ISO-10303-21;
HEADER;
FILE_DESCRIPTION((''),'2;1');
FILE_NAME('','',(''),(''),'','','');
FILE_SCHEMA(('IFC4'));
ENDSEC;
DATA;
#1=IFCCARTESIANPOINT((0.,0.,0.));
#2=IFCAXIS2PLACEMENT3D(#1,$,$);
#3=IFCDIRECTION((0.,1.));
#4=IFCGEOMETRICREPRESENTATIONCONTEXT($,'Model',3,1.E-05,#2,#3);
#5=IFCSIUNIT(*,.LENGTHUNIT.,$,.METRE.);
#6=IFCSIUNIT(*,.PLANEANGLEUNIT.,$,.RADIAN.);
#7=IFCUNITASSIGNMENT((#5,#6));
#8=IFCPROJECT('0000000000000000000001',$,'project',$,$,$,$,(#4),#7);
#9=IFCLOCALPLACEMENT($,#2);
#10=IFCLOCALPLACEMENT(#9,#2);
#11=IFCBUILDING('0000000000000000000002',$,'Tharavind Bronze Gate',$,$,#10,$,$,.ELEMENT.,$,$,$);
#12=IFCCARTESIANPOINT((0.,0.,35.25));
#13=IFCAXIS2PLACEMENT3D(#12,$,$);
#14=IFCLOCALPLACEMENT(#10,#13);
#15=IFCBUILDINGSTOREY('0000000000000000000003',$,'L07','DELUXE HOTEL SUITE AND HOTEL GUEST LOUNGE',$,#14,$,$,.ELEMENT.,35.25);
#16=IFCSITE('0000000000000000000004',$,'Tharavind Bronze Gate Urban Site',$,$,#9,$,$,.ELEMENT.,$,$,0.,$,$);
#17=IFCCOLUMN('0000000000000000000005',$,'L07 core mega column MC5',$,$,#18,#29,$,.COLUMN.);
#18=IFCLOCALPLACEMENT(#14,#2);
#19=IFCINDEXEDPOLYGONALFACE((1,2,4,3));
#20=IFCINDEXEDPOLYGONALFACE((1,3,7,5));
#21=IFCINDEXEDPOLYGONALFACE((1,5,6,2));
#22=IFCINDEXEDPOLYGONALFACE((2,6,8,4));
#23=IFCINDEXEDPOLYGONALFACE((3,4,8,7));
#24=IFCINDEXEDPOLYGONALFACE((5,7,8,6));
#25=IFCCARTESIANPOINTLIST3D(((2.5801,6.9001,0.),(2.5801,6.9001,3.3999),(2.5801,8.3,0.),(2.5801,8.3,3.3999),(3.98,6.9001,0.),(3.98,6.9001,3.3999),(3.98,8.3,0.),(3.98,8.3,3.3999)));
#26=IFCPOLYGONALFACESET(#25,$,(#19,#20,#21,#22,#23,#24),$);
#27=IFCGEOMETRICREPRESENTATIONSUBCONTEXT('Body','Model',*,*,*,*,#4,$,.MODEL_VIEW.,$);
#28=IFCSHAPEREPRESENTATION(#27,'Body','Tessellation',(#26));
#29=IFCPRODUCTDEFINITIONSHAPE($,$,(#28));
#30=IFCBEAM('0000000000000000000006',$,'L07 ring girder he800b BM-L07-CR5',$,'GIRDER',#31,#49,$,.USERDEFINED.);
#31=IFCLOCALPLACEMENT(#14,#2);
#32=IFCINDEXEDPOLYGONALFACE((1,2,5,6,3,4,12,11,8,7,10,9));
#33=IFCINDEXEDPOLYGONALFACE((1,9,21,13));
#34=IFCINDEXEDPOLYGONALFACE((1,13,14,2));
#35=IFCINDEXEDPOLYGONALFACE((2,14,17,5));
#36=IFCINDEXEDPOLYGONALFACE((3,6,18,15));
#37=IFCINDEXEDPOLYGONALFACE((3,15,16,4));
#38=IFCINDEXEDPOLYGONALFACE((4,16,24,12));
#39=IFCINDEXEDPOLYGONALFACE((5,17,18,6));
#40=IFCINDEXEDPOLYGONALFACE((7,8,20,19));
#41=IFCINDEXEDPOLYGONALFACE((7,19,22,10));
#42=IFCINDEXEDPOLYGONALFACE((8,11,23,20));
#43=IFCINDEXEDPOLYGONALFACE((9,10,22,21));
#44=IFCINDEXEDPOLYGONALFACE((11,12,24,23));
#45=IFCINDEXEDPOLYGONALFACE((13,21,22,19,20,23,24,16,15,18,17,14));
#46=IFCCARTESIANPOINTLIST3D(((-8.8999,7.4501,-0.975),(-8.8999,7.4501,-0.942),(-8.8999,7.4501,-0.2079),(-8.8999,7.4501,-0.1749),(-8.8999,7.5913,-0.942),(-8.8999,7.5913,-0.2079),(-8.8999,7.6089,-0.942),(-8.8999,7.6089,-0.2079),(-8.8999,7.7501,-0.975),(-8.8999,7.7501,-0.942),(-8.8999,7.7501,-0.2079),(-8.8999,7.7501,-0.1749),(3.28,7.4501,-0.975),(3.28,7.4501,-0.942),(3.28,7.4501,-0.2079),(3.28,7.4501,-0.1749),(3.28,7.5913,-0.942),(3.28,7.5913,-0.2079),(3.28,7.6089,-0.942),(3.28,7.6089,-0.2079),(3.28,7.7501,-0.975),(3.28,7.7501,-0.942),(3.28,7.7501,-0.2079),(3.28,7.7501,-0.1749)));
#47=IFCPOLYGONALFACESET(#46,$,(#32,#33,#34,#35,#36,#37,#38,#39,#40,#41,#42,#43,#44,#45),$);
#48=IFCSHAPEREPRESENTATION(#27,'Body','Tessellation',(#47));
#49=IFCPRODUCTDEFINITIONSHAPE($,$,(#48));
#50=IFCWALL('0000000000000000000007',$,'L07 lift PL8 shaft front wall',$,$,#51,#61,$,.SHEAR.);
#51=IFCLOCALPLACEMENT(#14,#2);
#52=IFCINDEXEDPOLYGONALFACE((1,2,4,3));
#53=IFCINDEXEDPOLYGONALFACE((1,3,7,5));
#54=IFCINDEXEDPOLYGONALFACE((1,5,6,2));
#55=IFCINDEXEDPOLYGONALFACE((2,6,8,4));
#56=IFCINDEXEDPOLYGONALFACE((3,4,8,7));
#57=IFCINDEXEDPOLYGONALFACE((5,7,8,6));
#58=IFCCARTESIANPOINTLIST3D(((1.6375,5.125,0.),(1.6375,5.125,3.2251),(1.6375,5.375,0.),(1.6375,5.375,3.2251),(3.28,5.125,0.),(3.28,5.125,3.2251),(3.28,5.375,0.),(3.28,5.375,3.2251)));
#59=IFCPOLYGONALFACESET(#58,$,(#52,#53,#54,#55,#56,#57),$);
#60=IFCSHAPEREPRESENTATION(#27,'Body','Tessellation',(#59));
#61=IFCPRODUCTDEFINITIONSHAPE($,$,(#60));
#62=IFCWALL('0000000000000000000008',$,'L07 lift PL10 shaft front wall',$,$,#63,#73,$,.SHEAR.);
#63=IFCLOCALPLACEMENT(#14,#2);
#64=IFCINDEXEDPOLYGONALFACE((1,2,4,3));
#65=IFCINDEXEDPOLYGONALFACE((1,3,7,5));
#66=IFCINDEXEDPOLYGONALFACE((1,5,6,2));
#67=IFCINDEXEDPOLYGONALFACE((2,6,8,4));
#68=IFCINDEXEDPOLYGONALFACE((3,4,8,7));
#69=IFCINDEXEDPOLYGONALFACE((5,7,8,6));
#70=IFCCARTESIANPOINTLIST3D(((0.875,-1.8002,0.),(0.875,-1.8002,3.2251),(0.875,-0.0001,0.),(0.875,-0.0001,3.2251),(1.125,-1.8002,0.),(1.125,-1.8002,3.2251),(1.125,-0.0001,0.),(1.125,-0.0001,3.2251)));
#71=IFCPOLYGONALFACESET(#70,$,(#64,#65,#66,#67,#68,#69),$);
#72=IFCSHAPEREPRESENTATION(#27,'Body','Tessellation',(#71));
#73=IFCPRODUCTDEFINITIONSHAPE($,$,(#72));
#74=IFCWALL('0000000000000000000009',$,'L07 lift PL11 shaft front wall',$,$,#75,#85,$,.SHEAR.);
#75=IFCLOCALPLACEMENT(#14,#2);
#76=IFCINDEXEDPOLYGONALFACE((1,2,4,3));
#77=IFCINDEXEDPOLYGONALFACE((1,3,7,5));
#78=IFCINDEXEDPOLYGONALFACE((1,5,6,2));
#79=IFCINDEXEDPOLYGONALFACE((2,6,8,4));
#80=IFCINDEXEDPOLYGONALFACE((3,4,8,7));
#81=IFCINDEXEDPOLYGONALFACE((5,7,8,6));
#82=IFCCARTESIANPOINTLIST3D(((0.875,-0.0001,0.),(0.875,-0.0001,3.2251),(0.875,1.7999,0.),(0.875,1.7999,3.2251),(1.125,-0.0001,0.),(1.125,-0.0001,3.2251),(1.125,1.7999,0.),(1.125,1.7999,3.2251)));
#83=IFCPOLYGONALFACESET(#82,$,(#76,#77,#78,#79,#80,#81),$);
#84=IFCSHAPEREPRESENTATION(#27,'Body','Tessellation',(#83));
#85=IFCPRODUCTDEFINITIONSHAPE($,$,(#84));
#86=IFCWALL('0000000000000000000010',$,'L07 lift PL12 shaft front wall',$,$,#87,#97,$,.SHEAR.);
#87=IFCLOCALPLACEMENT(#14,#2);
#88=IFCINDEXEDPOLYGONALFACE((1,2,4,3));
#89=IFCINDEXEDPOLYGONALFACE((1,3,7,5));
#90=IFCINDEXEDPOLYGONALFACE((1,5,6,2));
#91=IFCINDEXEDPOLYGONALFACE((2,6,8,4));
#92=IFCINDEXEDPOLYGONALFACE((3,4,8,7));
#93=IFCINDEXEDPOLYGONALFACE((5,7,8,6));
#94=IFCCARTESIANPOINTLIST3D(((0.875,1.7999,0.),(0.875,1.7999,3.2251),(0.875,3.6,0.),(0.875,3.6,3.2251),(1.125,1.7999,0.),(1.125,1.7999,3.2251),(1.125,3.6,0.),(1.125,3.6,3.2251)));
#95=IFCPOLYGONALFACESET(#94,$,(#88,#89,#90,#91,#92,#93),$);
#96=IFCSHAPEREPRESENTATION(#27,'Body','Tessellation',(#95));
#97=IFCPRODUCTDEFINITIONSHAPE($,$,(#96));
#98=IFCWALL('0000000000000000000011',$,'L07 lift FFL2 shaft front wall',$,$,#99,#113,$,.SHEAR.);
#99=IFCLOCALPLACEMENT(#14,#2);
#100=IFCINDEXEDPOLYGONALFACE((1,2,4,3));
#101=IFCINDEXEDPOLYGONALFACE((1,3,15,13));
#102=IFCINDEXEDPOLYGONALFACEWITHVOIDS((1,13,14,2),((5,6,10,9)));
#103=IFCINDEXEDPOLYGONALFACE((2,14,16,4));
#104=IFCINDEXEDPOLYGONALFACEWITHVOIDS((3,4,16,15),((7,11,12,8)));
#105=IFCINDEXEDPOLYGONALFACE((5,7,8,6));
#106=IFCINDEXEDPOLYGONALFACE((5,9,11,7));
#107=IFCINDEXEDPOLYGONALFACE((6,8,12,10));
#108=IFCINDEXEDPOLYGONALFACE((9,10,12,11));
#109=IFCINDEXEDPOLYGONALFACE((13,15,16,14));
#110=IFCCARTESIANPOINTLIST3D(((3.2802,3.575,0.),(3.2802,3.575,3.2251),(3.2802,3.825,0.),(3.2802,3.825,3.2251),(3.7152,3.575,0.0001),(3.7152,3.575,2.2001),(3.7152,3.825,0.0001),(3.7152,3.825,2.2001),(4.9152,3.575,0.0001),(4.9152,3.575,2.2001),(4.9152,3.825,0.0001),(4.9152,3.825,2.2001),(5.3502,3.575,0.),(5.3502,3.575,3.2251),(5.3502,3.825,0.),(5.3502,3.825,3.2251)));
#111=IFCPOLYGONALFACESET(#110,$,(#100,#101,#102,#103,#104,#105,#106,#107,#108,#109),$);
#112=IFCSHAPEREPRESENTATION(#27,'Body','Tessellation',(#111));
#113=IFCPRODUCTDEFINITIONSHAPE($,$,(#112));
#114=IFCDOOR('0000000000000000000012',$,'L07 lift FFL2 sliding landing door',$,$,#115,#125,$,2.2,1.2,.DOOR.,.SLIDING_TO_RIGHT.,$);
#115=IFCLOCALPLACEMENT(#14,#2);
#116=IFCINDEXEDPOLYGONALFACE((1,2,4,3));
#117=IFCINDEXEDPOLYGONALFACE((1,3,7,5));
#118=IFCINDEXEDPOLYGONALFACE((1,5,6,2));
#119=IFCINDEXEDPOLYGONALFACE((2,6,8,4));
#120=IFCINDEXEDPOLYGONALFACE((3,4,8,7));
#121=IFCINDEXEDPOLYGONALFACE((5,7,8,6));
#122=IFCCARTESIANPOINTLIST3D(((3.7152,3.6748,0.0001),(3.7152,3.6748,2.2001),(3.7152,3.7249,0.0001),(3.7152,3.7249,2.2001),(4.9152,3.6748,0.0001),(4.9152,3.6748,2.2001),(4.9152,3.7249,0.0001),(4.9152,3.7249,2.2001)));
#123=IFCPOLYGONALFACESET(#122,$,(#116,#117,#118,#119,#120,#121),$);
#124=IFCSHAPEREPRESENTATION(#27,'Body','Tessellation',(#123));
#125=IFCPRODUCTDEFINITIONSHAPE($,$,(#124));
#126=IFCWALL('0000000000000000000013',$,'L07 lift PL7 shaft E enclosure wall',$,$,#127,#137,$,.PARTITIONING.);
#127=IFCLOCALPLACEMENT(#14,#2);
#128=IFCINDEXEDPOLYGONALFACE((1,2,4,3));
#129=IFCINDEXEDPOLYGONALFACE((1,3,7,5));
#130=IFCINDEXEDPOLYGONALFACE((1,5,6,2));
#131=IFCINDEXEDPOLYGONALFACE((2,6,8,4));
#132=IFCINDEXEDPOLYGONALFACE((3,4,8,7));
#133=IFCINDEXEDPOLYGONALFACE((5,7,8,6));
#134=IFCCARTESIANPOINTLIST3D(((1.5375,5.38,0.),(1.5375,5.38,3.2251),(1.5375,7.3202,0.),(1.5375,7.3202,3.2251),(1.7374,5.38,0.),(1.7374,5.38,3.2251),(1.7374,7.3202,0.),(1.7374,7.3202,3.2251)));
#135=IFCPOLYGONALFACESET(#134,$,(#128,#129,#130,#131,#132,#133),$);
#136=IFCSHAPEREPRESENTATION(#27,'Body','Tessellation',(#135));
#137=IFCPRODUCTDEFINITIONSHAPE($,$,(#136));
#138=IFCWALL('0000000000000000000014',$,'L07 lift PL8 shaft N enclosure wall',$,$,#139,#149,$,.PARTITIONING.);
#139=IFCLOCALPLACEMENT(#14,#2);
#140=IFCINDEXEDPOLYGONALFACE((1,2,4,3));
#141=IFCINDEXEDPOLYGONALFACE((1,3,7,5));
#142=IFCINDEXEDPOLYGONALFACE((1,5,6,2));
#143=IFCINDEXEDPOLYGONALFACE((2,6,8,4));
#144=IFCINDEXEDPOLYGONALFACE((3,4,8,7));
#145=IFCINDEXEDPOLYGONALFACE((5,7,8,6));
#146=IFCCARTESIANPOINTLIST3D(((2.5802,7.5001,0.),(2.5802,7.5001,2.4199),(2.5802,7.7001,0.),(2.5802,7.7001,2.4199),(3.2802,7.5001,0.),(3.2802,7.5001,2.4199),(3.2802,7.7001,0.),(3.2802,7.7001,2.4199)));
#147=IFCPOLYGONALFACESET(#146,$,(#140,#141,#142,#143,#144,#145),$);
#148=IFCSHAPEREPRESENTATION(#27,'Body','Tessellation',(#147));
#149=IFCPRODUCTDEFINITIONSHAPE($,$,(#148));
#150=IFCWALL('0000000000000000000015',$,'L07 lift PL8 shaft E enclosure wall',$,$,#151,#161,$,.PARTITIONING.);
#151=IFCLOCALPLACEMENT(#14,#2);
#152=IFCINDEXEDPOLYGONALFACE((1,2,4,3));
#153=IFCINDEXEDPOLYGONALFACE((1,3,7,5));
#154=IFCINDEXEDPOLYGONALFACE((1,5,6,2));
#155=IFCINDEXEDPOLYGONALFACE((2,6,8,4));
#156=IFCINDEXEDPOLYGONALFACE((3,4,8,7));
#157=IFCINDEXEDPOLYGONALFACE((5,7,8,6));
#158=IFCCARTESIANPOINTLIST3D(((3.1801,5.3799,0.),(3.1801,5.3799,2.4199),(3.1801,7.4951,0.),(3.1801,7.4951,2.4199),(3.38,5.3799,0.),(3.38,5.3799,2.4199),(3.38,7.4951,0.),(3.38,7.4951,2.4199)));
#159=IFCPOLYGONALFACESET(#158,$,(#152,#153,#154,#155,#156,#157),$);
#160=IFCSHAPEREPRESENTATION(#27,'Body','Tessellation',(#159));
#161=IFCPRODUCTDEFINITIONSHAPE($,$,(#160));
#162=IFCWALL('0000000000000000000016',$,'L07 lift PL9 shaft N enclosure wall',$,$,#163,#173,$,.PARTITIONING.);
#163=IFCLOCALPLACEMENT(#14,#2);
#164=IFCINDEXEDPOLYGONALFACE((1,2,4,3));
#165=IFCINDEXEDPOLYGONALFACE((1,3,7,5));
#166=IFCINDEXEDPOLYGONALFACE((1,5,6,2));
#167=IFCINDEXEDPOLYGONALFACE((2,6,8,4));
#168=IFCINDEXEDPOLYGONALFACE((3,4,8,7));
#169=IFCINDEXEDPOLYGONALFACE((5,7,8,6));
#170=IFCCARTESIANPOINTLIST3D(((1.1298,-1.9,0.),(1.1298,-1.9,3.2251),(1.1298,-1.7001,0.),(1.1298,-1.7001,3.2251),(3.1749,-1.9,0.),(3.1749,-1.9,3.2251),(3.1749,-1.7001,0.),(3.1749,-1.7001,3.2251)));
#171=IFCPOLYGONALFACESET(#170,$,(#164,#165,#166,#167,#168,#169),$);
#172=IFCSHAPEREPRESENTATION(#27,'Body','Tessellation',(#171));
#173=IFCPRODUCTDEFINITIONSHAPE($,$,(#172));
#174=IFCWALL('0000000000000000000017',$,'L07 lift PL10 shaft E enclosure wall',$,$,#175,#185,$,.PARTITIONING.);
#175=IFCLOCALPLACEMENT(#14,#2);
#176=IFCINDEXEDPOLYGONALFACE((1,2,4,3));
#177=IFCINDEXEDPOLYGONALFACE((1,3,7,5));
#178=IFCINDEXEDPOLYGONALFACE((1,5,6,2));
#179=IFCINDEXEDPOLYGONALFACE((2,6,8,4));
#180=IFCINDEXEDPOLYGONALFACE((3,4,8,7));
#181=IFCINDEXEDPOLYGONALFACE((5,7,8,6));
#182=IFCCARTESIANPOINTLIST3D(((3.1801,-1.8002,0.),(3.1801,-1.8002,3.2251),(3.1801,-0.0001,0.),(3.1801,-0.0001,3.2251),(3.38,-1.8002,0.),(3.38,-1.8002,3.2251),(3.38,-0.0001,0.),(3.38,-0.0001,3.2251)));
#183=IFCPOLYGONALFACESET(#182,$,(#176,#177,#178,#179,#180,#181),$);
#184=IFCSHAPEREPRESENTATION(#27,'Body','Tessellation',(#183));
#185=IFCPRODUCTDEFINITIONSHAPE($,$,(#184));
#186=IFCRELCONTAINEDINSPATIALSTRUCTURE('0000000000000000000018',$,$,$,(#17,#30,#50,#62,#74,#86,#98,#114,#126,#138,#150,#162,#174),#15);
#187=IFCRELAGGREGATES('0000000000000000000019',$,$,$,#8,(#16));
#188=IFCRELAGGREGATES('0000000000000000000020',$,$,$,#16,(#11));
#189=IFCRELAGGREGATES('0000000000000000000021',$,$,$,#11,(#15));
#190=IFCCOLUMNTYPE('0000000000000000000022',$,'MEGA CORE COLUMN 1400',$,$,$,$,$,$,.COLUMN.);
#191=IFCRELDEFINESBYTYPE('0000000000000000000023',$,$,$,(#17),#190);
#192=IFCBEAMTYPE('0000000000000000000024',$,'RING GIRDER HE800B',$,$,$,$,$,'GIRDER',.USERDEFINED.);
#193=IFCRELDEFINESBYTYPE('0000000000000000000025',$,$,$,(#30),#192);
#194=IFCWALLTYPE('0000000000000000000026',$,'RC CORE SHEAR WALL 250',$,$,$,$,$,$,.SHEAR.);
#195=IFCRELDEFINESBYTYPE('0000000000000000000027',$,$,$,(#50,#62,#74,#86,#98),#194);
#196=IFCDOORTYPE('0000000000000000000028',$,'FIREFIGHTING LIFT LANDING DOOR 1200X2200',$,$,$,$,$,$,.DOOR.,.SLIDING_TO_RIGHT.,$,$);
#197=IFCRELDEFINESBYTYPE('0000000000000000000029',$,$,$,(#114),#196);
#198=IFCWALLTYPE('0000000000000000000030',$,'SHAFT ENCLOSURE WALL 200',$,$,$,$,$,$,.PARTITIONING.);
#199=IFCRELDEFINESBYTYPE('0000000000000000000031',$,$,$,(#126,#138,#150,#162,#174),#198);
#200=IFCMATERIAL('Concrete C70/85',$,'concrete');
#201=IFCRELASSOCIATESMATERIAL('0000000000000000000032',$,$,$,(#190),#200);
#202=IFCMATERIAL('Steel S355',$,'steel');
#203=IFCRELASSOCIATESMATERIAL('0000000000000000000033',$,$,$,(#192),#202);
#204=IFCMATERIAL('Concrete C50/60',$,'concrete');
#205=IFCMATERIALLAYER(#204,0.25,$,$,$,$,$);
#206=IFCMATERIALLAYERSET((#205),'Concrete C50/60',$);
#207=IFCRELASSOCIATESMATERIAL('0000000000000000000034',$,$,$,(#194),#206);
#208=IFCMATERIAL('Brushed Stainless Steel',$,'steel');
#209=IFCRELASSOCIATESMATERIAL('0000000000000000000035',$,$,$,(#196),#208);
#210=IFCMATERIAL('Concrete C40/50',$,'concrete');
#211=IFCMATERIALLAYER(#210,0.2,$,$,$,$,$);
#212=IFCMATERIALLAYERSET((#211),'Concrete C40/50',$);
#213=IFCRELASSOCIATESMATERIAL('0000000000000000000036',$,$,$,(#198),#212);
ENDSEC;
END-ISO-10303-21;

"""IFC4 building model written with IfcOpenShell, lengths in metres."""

from ifc_helpers import new_model, si_unit, direction, frame, frame_2d, origin, origin_2d, place, context, subcontext, project, spatial, rectangle, i_section, extrude, material, layer, layer_set, material_profile, profile_set, type_object, element, fill, save


model = new_model("IFC4")

# Units and contexts
model_context = context("Model", 3, precision=1e-05, world=origin(), true_north=direction((0.0, 1.0)))
body_context = subcontext(model_context, "Body", "Model", "MODEL_VIEW")
ifc_project = project(units=[si_unit("LENGTHUNIT", "METRE"), si_unit("PLANEANGLEUNIT", "RADIAN")], contexts=[model_context])

# Site, building, storey
site_placement = place(None, origin())
site = spatial("IfcSite", under=ifc_project, at=site_placement, Name="Tharavind Bronze Gate Urban Site", CompositionType="ELEMENT", RefElevation=0.0)
building_placement = place(site_placement, origin())
building = spatial("IfcBuilding", under=site, at=building_placement, Name="Tharavind Bronze Gate", CompositionType="ELEMENT")
storey_placement = place(building_placement, frame((0.0, 0.0, 35.25)))
storey = spatial("IfcBuildingStorey", under=building, at=storey_placement, Name="L07", Description="DELUXE HOTEL SUITE AND HOTEL GUEST LOUNGE", CompositionType="ELEMENT", Elevation=35.25)

# Column
ifc_material_1 = material(Name="Concrete C70/85", Category="concrete")
ifc_material_profile_1 = material_profile(ifc_material_1, rectangle(XDim=1.3999, YDim=1.3999, at=origin_2d()), Name="RCCOL1400")
ifc_profile_set_1 = profile_set([ifc_material_profile_1], Name="Concrete C70/85")
column_type = type_object("IfcColumnType", Name="MEGA CORE COLUMN 1400", PredefinedType="COLUMN", material=ifc_profile_set_1)
column_placement = place(storey_placement, frame((3.28, 7.6001, 0.0), z_axis=(0.0, 0.0, 1.0), x_axis=(1.0, 0.0, 0.0)))
element("IfcColumn", 1, at=column_placement, inside=storey, type_object=column_type, Name="L07 core mega column MC5", PredefinedType="COLUMN", context=body_context, shape_type="SweptSolid", body=[
    extrude(rectangle(XDim=1.3999, YDim=1.3999, at=origin_2d()), origin(), (0.0, 0.0, 1.0), 3.3999),
])

# Beam
ifc_material_2 = material(Name="Steel S355", Category="steel")
ifc_material_profile_2 = material_profile(ifc_material_2, i_section(OverallWidth=0.3, OverallDepth=0.8, WebThickness=0.0176, FlangeThickness=0.033, at=origin_2d()), Name="HE800B")
ifc_profile_set_2 = profile_set([ifc_material_profile_2], Name="Steel S355")
beam_type = type_object("IfcBeamType", Name="RING GIRDER HE800B", ElementType="GIRDER", PredefinedType="USERDEFINED", material=ifc_profile_set_2)
beam_placement = place(storey_placement, frame((3.28, 7.6001, -0.575), z_axis=(-1.0, 0.0, 0.0), x_axis=(0.0, -1.0, 0.0)))
element("IfcBeam", 2, at=beam_placement, inside=storey, type_object=beam_type, Name="L07 ring girder he800b BM-L07-CR5", ObjectType="GIRDER", PredefinedType="USERDEFINED", context=body_context, shape_type="SweptSolid", body=[
    extrude(i_section(OverallWidth=0.3, OverallDepth=0.8, WebThickness=0.0176, FlangeThickness=0.033, at=origin_2d()), origin(), (0.0, 0.0, 1.0), 12.1799),
])

# Shared definitions
ifc_material_3 = material(Name="Concrete C50/60", Category="concrete")
ifc_layer_1 = layer(ifc_material_3, 0.25)
ifc_layer_set_1 = layer_set([ifc_layer_1], Name="Concrete C50/60")
wall_type_1 = type_object("IfcWallType", Name="RC CORE SHEAR WALL 250", PredefinedType="SHEAR", material=ifc_layer_set_1)

# Walls
wall_1_placement = place(storey_placement, frame((1.6375, 5.25, 0.0), z_axis=(0.0, 0.0, 1.0), x_axis=(1.0, 0.0, 0.0)))
element("IfcWall", 3, at=wall_1_placement, inside=storey, type_object=wall_type_1, Name="L07 lift PL8 shaft front wall", PredefinedType="SHEAR", context=body_context, shape_type="SweptSolid", body=[
    extrude(rectangle(XDim=1.6426, YDim=0.25, at=frame_2d((0.8213, 0.0))), origin(), (0.0, 0.0, 1.0), 3.2251),
])
for number, where, z_axis, x_axis, name in (
    (4, (1.0, -1.8, 0.0), (0.0, 0.0, 1.0), (0.0, 1.0, 0.0), "L07 lift PL10 shaft front wall"),
    (5, (1.0, 0.0, 0.0), (0.0, 0.0, 1.0), (0.0, 1.0, 0.0), "L07 lift PL11 shaft front wall"),
    (6, (1.0, 1.8, 0.0), (0.0, 0.0, 1.0), (0.0, 1.0, 0.0), "L07 lift PL12 shaft front wall"),
):
    element("IfcWall", number, at=place(storey_placement, frame(where, z_axis=z_axis, x_axis=x_axis)), inside=storey, type_object=wall_type_1, Name=name, PredefinedType="SHEAR", context=body_context, shape_type="SweptSolid", body=[
        extrude(rectangle(XDim=1.8, YDim=0.25, at=frame_2d((0.8999, 0.0))), origin(), (0.0, 0.0, 1.0), 3.2251),
    ])

# Wall, opening, door
wall_2_placement = place(storey_placement, frame((3.28, 3.7, 0.0), z_axis=(0.0, 0.0, 1.0), x_axis=(1.0, 0.0, 0.0)))
wall_2 = element("IfcWall", 7, at=wall_2_placement, inside=storey, type_object=wall_type_1, Name="L07 lift FFL2 shaft front wall", PredefinedType="SHEAR", context=body_context, shape_type="SweptSolid", body=[
    extrude(rectangle(XDim=2.0701, YDim=0.25, at=frame_2d((1.0352, 0.0))), origin(), (0.0, 0.0, 1.0), 3.2251),
])
opening_1_placement = place(wall_2_placement, frame((0.4351, 0.0, 0.0)))
opening_1 = element("IfcOpeningElement", 8, at=opening_1_placement, cuts=wall_2, PredefinedType="OPENING", context=body_context, shape_type="SweptSolid", body=[
    extrude(rectangle(XDim=1.2, YDim=2.2, at=frame_2d((0.6001, 1.1001))), frame((0.0, 0.135, 0.0), z_axis=(0.0, -1.0, 0.0), x_axis=(1.0, 0.0, 0.0)), (0.0, 0.0, 1.0), 0.27),
])
ifc_material_4 = material(Name="Brushed Stainless Steel", Category="steel")
door_type_1 = type_object("IfcDoorType", Name="FIREFIGHTING LIFT LANDING DOOR 1200X2200", OperationType="SLIDING_TO_RIGHT", PredefinedType="DOOR", material=ifc_material_4)
door_1_placement = place(opening_1_placement, origin())
door_1 = element("IfcDoor", 9, at=door_1_placement, inside=storey, type_object=door_type_1, Name="L07 lift FFL2 sliding landing door", OperationType="SLIDING_TO_RIGHT", OverallHeight=2.2, OverallWidth=1.2, PredefinedType="DOOR", context=body_context, shape_type="SweptSolid", body=[
    extrude(rectangle(XDim=1.2, YDim=2.2, at=frame_2d((0.6001, 1.1001))), frame((0.0, 0.0249, 0.0), z_axis=(0.0, -1.0, 0.0), x_axis=(1.0, 0.0, 0.0)), (0.0, 0.0, 1.0), 0.05),
])
fill(opening_1, door_1)

# Walls
ifc_material_5 = material(Name="Concrete C40/50", Category="concrete")
ifc_layer_2 = layer(ifc_material_5, 0.2)
ifc_layer_set_2 = layer_set([ifc_layer_2], Name="Concrete C40/50")
wall_type_2 = type_object("IfcWallType", Name="SHAFT ENCLOSURE WALL 200", PredefinedType="PARTITIONING", material=ifc_layer_set_2)
wall_3_placement = place(storey_placement, frame((1.6375, 5.3799, 0.0), z_axis=(0.0, 0.0, 1.0), x_axis=(0.0, 1.0, 0.0)))
element("IfcWall", 10, at=wall_3_placement, inside=storey, type_object=wall_type_2, Name="L07 lift PL7 shaft E enclosure wall", PredefinedType="PARTITIONING", context=body_context, shape_type="SweptSolid", body=[
    extrude(rectangle(XDim=1.9402, YDim=0.2, at=frame_2d((0.9702, 0.0))), origin(), (0.0, 0.0, 1.0), 3.2251),
])
wall_4_placement = place(storey_placement, frame((2.5801, 7.6001, 0.0), z_axis=(0.0, 0.0, 1.0), x_axis=(1.0, 0.0, 0.0)))
element("IfcWall", 11, at=wall_4_placement, inside=storey, type_object=wall_type_2, Name="L07 lift PL8 shaft N enclosure wall", PredefinedType="PARTITIONING", context=body_context, shape_type="SweptSolid", body=[
    extrude(rectangle(XDim=0.7, YDim=0.2, at=frame_2d((0.3501, 0.0))), origin(), (0.0, 0.0, 1.0), 2.4199),
])
wall_5_placement = place(storey_placement, frame((3.28, 5.3799, 0.0), z_axis=(0.0, 0.0, 1.0), x_axis=(0.0, 1.0, 0.0)))
element("IfcWall", 12, at=wall_5_placement, inside=storey, type_object=wall_type_2, Name="L07 lift PL8 shaft E enclosure wall", PredefinedType="PARTITIONING", context=body_context, shape_type="SweptSolid", body=[
    extrude(rectangle(XDim=2.1152, YDim=0.2, at=frame_2d((1.0576, 0.0))), origin(), (0.0, 0.0, 1.0), 2.4199),
])
wall_6_placement = place(storey_placement, frame((1.1299, -1.8, 0.0), z_axis=(0.0, 0.0, 1.0), x_axis=(1.0, 0.0, 0.0)))
element("IfcWall", 13, at=wall_6_placement, inside=storey, type_object=wall_type_2, Name="L07 lift PL9 shaft N enclosure wall", PredefinedType="PARTITIONING", context=body_context, shape_type="SweptSolid", body=[
    extrude(rectangle(XDim=2.0452, YDim=0.2, at=frame_2d((1.0225, 0.0))), origin(), (0.0, 0.0, 1.0), 3.2251),
])
wall_7_placement = place(storey_placement, frame((3.28, -1.8, 0.0), z_axis=(0.0, 0.0, 1.0), x_axis=(0.0, 1.0, 0.0)))
element("IfcWall", 14, at=wall_7_placement, inside=storey, type_object=wall_type_2, Name="L07 lift PL10 shaft E enclosure wall", PredefinedType="PARTITIONING", context=body_context, shape_type="SweptSolid", body=[
    extrude(rectangle(XDim=1.8, YDim=0.2, at=frame_2d((0.8999, 0.0))), origin(), (0.0, 0.0, 1.0), 3.2251),
])

save(model, "model.ifc")
